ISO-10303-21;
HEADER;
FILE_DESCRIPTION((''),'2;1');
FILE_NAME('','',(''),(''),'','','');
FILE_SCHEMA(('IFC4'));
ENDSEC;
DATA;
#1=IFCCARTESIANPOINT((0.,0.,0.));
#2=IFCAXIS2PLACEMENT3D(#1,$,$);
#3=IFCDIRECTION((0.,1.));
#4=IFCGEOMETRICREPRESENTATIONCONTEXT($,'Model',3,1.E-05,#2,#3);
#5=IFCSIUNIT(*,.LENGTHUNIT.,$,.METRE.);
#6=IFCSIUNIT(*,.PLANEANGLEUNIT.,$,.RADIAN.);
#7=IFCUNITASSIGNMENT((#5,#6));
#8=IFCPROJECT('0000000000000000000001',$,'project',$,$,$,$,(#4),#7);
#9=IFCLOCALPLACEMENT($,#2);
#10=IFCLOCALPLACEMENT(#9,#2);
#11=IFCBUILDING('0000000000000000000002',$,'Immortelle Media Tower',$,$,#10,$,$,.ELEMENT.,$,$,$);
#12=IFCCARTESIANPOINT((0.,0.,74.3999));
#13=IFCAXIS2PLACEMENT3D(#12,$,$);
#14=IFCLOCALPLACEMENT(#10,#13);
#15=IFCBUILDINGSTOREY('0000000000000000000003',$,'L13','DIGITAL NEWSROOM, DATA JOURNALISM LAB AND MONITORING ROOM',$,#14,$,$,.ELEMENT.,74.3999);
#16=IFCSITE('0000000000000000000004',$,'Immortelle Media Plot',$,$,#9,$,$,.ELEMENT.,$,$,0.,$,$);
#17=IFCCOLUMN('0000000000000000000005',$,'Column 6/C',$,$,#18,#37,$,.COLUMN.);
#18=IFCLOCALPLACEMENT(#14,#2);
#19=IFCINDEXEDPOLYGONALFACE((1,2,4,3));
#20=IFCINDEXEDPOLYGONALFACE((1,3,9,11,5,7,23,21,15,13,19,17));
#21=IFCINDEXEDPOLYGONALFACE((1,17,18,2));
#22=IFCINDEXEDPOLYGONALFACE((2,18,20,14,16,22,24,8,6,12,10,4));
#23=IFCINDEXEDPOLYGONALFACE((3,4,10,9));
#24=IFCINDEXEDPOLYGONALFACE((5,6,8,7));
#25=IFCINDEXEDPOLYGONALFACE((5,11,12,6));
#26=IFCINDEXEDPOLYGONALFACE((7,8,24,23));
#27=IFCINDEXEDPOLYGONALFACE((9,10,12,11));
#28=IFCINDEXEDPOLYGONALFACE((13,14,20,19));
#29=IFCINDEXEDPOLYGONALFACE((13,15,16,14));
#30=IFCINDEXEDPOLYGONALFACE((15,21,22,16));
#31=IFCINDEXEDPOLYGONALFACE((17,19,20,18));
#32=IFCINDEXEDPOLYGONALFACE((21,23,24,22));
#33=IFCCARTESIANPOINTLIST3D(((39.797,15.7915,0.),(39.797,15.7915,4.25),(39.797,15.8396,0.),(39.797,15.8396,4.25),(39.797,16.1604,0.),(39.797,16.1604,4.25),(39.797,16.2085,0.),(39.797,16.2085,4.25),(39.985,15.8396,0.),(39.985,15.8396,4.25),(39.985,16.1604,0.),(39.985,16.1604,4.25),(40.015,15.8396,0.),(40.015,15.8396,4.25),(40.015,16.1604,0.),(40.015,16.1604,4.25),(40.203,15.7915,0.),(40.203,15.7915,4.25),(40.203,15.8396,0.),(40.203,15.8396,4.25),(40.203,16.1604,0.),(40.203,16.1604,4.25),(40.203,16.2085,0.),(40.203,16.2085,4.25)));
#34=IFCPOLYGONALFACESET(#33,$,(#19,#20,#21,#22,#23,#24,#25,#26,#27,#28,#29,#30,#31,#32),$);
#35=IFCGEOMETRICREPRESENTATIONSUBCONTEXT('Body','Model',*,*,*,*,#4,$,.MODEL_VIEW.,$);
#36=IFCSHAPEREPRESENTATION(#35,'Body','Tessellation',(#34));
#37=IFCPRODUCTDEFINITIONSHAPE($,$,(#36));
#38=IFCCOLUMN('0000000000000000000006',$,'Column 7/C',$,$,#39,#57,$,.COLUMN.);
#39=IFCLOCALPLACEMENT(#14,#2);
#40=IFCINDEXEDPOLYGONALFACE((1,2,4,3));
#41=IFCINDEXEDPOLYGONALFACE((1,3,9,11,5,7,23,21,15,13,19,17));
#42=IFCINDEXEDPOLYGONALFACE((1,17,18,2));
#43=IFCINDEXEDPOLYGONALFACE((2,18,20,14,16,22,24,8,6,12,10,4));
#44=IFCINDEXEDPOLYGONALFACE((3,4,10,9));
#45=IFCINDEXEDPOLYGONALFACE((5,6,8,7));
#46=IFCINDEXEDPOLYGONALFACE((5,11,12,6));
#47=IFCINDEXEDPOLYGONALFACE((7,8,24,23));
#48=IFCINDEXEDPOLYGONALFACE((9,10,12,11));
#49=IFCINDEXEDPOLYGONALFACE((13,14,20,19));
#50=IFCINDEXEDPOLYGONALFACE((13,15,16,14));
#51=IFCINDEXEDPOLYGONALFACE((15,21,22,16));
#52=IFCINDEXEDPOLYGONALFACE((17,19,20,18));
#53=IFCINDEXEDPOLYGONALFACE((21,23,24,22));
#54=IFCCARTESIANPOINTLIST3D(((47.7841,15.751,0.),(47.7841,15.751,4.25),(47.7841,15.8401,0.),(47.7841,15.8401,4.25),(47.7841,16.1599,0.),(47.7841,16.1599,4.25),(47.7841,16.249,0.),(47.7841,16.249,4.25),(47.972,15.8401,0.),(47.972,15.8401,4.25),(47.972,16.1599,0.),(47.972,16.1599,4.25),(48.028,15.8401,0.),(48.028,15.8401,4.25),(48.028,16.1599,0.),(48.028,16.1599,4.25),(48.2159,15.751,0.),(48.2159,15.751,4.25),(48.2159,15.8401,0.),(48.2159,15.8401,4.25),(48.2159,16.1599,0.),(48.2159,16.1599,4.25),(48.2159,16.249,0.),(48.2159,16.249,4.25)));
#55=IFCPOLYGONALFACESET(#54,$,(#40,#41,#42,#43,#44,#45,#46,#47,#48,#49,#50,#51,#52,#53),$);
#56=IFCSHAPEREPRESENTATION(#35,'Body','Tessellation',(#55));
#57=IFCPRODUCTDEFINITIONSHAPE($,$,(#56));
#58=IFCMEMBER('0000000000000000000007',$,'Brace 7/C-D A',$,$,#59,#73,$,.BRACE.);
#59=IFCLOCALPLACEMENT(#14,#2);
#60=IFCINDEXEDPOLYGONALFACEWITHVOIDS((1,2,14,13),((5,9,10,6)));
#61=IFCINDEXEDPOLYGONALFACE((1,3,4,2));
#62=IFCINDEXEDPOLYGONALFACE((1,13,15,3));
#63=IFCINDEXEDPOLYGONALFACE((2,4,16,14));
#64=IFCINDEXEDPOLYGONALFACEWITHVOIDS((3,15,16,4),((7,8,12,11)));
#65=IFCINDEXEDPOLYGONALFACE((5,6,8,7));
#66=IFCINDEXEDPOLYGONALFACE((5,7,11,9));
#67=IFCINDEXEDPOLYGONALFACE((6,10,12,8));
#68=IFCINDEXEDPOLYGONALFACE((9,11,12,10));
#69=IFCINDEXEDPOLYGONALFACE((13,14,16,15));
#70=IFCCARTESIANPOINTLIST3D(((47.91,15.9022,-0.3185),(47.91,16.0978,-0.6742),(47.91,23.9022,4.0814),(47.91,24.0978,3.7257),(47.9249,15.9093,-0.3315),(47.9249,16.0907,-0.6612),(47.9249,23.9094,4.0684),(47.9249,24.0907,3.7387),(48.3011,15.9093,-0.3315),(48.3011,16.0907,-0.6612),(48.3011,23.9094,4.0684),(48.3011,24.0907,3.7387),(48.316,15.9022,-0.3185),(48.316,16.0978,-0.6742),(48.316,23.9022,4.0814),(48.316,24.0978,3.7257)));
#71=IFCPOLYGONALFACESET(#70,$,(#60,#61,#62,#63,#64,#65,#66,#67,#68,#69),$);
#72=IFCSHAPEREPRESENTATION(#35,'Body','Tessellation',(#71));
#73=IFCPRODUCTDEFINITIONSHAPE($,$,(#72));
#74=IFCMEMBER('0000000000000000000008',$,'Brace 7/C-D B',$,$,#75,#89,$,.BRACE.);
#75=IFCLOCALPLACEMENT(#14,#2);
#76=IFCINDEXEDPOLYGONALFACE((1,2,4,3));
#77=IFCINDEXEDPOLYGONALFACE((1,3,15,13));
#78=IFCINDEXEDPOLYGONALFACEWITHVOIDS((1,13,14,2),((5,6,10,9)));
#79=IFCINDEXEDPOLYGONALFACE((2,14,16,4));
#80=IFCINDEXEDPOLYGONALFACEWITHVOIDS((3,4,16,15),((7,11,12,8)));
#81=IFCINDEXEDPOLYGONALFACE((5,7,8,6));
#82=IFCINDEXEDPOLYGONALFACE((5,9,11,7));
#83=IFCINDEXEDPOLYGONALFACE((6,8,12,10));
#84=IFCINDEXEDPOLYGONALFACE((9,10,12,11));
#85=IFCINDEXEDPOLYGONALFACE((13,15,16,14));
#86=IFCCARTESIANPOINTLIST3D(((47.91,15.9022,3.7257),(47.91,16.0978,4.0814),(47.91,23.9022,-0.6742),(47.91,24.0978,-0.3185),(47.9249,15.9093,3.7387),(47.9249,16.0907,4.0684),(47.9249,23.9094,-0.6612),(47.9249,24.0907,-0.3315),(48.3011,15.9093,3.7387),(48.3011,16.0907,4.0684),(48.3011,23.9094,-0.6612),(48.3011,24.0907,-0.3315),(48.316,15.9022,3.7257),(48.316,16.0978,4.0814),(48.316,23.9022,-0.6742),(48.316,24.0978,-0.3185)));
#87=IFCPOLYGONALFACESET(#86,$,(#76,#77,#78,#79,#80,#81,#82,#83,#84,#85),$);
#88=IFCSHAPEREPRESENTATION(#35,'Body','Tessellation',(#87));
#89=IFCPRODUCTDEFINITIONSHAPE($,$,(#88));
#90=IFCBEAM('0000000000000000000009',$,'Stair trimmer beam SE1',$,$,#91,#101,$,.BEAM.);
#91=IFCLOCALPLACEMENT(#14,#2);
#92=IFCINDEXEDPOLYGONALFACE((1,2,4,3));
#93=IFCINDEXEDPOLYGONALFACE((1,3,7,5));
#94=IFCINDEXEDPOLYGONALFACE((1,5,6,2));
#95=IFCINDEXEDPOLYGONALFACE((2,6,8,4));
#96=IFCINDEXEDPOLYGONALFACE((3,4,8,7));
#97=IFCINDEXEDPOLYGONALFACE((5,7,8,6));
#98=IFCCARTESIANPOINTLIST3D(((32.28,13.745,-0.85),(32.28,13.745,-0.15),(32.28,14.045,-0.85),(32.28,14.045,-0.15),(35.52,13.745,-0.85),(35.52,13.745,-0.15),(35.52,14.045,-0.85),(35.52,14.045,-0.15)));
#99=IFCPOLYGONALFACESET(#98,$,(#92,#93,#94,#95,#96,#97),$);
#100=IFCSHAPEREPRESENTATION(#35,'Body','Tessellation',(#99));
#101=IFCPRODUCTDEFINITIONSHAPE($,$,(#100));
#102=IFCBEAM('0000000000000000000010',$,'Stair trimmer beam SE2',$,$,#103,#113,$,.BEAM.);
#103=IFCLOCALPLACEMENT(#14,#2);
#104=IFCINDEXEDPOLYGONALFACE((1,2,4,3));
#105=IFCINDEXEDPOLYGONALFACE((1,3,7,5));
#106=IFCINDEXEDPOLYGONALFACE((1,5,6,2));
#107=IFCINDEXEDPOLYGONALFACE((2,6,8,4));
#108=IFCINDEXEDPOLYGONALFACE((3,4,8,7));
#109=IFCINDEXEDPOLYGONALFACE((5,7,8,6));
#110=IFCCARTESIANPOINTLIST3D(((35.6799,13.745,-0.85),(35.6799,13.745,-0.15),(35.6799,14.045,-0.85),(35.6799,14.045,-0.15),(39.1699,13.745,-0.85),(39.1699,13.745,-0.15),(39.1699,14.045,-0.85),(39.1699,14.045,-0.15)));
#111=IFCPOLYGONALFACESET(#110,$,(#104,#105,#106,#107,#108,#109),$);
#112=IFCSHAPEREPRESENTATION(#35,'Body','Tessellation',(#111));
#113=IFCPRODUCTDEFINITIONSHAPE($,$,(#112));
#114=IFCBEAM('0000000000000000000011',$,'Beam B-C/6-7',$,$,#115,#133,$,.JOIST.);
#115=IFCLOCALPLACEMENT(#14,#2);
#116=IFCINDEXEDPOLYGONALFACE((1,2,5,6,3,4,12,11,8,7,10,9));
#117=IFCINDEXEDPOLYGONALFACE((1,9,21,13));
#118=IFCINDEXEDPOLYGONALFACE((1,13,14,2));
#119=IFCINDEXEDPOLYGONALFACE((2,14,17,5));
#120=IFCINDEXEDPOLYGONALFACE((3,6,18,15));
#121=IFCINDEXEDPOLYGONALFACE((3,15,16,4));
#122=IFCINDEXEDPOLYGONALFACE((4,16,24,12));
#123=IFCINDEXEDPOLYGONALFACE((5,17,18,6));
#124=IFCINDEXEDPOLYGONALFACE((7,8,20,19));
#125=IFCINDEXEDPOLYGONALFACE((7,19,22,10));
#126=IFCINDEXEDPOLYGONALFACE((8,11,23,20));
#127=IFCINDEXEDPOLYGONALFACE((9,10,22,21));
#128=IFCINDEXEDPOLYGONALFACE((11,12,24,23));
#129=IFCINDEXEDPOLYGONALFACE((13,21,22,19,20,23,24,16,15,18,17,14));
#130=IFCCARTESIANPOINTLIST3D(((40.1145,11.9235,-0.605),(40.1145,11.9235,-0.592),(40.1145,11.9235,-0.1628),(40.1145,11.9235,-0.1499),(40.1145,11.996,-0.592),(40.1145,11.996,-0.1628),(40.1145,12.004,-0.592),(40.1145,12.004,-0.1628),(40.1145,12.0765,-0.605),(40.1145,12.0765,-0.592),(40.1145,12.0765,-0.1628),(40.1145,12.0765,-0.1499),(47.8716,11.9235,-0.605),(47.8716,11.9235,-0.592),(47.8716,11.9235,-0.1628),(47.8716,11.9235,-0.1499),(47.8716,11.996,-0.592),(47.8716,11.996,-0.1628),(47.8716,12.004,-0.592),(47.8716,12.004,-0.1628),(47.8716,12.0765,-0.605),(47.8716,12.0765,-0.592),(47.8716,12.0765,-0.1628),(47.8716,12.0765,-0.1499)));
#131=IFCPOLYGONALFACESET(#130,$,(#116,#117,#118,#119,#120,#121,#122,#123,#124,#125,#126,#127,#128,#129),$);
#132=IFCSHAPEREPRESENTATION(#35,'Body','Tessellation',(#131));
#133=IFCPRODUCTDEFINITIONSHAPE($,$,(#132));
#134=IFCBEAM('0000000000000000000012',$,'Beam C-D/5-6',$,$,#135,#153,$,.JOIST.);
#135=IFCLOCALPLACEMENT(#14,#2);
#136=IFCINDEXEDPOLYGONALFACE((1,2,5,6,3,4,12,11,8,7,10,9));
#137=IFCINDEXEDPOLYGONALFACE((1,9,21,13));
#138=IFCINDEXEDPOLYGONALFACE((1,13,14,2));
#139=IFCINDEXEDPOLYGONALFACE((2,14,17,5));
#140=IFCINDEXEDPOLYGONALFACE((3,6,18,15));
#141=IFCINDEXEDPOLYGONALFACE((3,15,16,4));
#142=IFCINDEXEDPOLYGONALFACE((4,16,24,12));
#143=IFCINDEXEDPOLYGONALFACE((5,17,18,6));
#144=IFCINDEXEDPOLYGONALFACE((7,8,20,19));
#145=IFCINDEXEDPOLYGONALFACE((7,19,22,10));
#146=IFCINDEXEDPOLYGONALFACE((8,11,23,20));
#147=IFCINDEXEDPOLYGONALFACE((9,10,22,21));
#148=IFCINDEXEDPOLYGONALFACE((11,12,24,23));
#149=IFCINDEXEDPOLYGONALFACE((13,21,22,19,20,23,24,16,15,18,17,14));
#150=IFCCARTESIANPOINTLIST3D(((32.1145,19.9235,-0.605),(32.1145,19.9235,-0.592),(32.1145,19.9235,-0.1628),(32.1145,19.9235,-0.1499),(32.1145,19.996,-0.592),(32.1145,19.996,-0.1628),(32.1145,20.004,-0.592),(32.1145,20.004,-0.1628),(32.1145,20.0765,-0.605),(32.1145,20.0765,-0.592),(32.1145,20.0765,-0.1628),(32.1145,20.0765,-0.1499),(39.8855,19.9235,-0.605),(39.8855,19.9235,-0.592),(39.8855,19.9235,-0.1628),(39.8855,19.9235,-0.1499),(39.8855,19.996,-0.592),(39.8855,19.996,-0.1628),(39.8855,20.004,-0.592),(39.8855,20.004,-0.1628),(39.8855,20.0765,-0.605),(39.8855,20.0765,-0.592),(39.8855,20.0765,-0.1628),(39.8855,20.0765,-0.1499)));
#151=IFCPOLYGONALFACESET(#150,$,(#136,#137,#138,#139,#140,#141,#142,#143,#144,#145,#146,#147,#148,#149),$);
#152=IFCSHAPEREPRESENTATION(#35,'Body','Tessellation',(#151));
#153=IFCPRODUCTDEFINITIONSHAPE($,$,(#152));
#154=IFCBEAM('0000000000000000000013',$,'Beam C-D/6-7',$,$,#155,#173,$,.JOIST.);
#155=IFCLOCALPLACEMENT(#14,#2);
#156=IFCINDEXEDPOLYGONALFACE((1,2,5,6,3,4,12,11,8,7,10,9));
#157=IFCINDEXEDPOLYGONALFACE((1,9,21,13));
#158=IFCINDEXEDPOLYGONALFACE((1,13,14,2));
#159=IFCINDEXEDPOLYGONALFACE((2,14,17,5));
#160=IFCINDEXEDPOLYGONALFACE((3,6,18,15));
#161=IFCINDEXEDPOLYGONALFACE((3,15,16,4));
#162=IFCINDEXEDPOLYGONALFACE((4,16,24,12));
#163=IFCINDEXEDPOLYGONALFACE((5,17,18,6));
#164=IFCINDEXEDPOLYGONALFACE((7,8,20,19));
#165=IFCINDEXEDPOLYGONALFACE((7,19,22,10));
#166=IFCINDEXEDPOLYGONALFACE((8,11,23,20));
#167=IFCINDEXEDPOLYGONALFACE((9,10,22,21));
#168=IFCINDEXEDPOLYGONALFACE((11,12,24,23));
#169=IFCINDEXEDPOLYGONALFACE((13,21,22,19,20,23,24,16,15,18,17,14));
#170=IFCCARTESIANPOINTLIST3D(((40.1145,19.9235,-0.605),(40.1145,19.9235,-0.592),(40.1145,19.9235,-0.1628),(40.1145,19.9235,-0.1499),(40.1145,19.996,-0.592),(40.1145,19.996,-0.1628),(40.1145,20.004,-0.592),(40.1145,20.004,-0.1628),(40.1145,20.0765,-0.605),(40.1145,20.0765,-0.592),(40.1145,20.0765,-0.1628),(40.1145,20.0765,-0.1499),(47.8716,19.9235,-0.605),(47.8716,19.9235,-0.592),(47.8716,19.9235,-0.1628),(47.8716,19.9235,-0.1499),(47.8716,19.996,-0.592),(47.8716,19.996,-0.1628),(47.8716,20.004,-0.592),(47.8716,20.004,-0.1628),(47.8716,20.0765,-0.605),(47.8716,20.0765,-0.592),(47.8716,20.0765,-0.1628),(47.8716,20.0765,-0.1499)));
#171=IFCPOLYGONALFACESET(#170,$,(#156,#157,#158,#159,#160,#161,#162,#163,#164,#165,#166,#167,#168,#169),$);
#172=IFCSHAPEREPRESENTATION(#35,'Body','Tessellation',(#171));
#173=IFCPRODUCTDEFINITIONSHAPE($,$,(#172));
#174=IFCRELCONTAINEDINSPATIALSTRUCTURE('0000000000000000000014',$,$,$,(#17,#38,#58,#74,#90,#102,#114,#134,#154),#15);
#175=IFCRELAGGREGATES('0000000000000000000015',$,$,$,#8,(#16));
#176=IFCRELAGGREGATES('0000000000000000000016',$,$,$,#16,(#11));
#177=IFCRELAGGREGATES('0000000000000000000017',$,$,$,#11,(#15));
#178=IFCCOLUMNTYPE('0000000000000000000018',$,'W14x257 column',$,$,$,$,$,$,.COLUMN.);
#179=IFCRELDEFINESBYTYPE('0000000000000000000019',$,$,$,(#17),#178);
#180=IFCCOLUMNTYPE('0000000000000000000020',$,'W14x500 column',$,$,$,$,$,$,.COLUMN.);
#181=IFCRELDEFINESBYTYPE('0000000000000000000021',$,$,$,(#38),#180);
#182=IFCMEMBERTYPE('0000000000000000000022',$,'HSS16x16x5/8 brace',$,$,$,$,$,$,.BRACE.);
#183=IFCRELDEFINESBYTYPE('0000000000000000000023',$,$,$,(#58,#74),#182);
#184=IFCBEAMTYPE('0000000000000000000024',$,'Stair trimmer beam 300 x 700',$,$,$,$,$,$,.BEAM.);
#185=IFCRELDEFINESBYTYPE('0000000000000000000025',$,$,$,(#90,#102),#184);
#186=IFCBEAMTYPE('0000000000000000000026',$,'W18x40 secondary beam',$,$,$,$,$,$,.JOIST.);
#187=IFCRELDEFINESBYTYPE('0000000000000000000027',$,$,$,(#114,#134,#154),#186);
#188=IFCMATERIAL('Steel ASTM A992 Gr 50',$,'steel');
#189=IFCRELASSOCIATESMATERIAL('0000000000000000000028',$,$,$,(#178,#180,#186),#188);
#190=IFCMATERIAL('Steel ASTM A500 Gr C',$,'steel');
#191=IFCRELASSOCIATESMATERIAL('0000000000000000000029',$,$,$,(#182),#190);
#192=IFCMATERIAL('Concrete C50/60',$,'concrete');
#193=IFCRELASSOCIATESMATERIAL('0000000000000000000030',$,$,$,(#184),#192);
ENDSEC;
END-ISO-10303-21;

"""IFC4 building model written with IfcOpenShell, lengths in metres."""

from ifc_helpers import new_model, si_unit, direction, frame, origin, origin_2d, place, context, subcontext, project, spatial, rectangle, hollow_rectangle, i_section, extrude, material, material_profile, profile_set, type_object, element, save


model = new_model("IFC4")

# Units and contexts
model_context = context("Model", 3, precision=1e-05, world=origin(), true_north=direction((0.0, 1.0)))
body_context = subcontext(model_context, "Body", "Model", "MODEL_VIEW")
ifc_project = project(units=[si_unit("LENGTHUNIT", "METRE"), si_unit("PLANEANGLEUNIT", "RADIAN")], contexts=[model_context])

# Site, building, storey
site_placement = place(None, origin())
site = spatial("IfcSite", under=ifc_project, at=site_placement, Name="Immortelle Media Plot", CompositionType="ELEMENT", RefElevation=0.0)
building_placement = place(site_placement, origin())
building = spatial("IfcBuilding", under=site, at=building_placement, Name="Immortelle Media Tower", CompositionType="ELEMENT")
storey_placement = place(building_placement, frame((0.0, 0.0, 74.3999)))
storey = spatial("IfcBuildingStorey", under=building, at=storey_placement, Name="L13", Description="DIGITAL NEWSROOM, DATA JOURNALISM LAB AND MONITORING ROOM", CompositionType="ELEMENT", Elevation=74.3999)

# Columns
ifc_material_1 = material(Name="Steel ASTM A992 Gr 50", Category="steel")
ifc_material_profile_1 = material_profile(ifc_material_1, i_section(OverallWidth=0.406, OverallDepth=0.417, WebThickness=0.03, FlangeThickness=0.0481, at=origin_2d()), Name="W14x257")
ifc_profile_set_1 = profile_set([ifc_material_profile_1], Name="Steel ASTM A992 Gr 50")
column_type_1 = type_object("IfcColumnType", Name="W14x257 column", PredefinedType="COLUMN", material=ifc_profile_set_1)
column_1_placement = place(storey_placement, frame((40.0, 16.0, 0.0), z_axis=(0.0, 0.0, 1.0), x_axis=(1.0, 0.0, 0.0)))
element("IfcColumn", 1, at=column_1_placement, inside=storey, type_object=column_type_1, Name="Column 6/C", PredefinedType="COLUMN", context=body_context, shape_type="SweptSolid", body=[
    extrude(i_section(OverallWidth=0.406, OverallDepth=0.417, WebThickness=0.03, FlangeThickness=0.0481, at=origin_2d()), origin(), (0.0, 0.0, 1.0), 4.25),
])
ifc_material_profile_2 = material_profile(ifc_material_1, i_section(OverallWidth=0.4319, OverallDepth=0.498, WebThickness=0.0559, FlangeThickness=0.0891, at=origin_2d()), Name="W14x500")
ifc_profile_set_2 = profile_set([ifc_material_profile_2], Name="Steel ASTM A992 Gr 50")
column_type_2 = type_object("IfcColumnType", Name="W14x500 column", PredefinedType="COLUMN", material=ifc_profile_set_2)
column_2_placement = place(storey_placement, frame((48.0, 16.0, 0.0), z_axis=(0.0, 0.0, 1.0), x_axis=(1.0, 0.0, 0.0)))
element("IfcColumn", 2, at=column_2_placement, inside=storey, type_object=column_type_2, Name="Column 7/C", PredefinedType="COLUMN", context=body_context, shape_type="SweptSolid", body=[
    extrude(i_section(OverallWidth=0.4319, OverallDepth=0.498, WebThickness=0.0559, FlangeThickness=0.0891, at=origin_2d()), origin(), (0.0, 0.0, 1.0), 4.25),
])

# Members
ifc_material_2 = material(Name="Steel ASTM A500 Gr C", Category="steel")
ifc_material_profile_3 = material_profile(ifc_material_2, hollow_rectangle(XDim=0.406, YDim=0.406, WallThickness=0.0149, at=origin_2d()), Name="HSS16x16x5/8 brace")
ifc_profile_set_3 = profile_set([ifc_material_profile_3], Name="Steel ASTM A500 Gr C")
member_type = type_object("IfcMemberType", Name="HSS16x16x5/8 brace", PredefinedType="BRACE", material=ifc_profile_set_3)
for number, where, z_axis, x_axis, name in (
    (3, (48.113, 16.0, -0.4963), (0.0, 0.87622, 0.481911), (-1.0, 0.0, 0.0), "Brace 7/C-D A"),
    (4, (48.113, 16.0, 3.9036), (0.0, 0.87622, -0.481911), (-1.0, 0.0, 0.0), "Brace 7/C-D B"),
):
    element("IfcMember", number, at=place(storey_placement, frame(where, z_axis=z_axis, x_axis=x_axis)), inside=storey, type_object=member_type, Name=name, PredefinedType="BRACE", context=body_context, shape_type="SweptSolid", body=[
        extrude(hollow_rectangle(XDim=0.406, YDim=0.406, WallThickness=0.0149, at=origin_2d()), origin(), (0.0, 0.0, 1.0), 9.1301),
    ])

# Beams
ifc_material_3 = material(Name="Concrete C50/60", Category="concrete")
ifc_material_profile_4 = material_profile(ifc_material_3, rectangle(XDim=0.3, YDim=0.7, at=origin_2d()), Name="RC 300x700")
ifc_profile_set_4 = profile_set([ifc_material_profile_4], Name="Concrete C50/60")
beam_type_1 = type_object("IfcBeamType", Name="Stair trimmer beam 300 x 700", PredefinedType="BEAM", material=ifc_profile_set_4)
beam_1_placement = place(storey_placement, frame((32.28, 13.895, -0.5), z_axis=(1.0, 0.0, 0.0), x_axis=(0.0, 1.0, 0.0)))
element("IfcBeam", 5, at=beam_1_placement, inside=storey, type_object=beam_type_1, Name="Stair trimmer beam SE1", PredefinedType="BEAM", context=body_context, shape_type="SweptSolid", body=[
    extrude(rectangle(XDim=0.3, YDim=0.7, at=origin_2d()), origin(), (0.0, 0.0, 1.0), 3.24),
])
beam_2_placement = place(storey_placement, frame((35.6799, 13.895, -0.5), z_axis=(1.0, 0.0, 0.0), x_axis=(0.0, 1.0, 0.0)))
element("IfcBeam", 6, at=beam_2_placement, inside=storey, type_object=beam_type_1, Name="Stair trimmer beam SE2", PredefinedType="BEAM", context=body_context, shape_type="SweptSolid", body=[
    extrude(rectangle(XDim=0.3, YDim=0.7, at=origin_2d()), origin(), (0.0, 0.0, 1.0), 3.49),
])
ifc_material_profile_5 = material_profile(ifc_material_1, i_section(OverallWidth=0.1531, OverallDepth=0.4551, WebThickness=0.0081, FlangeThickness=0.0129, at=origin_2d()), Name="W18x40")
ifc_profile_set_5 = profile_set([ifc_material_profile_5], Name="Steel ASTM A992 Gr 50")
beam_type_2 = type_object("IfcBeamType", Name="W18x40 secondary beam", PredefinedType="JOIST", material=ifc_profile_set_5)
beam_3_placement = place(storey_placement, frame((40.1145, 12.0, -0.3774), z_axis=(1.0, 0.0, 0.0), x_axis=(0.0, 1.0, 0.0)))
element("IfcBeam", 7, at=beam_3_placement, inside=storey, type_object=beam_type_2, Name="Beam B-C/6-7", PredefinedType="JOIST", context=body_context, shape_type="SweptSolid", body=[
    extrude(i_section(OverallWidth=0.1531, OverallDepth=0.4551, WebThickness=0.0081, FlangeThickness=0.0129, at=origin_2d()), origin(), (0.0, 0.0, 1.0), 7.7571),
])
beam_4_placement = place(storey_placement, frame((32.1145, 20.0, -0.3774), z_axis=(1.0, 0.0, 0.0), x_axis=(0.0, 1.0, 0.0)))
element("IfcBeam", 8, at=beam_4_placement, inside=storey, type_object=beam_type_2, Name="Beam C-D/5-6", PredefinedType="JOIST", context=body_context, shape_type="SweptSolid", body=[
    extrude(i_section(OverallWidth=0.1531, OverallDepth=0.4551, WebThickness=0.0081, FlangeThickness=0.0129, at=origin_2d()), origin(), (0.0, 0.0, 1.0), 7.771),
])
beam_5_placement = place(storey_placement, frame((40.1145, 20.0, -0.3774), z_axis=(1.0, 0.0, 0.0), x_axis=(0.0, 1.0, 0.0)))
element("IfcBeam", 9, at=beam_5_placement, inside=storey, type_object=beam_type_2, Name="Beam C-D/6-7", PredefinedType="JOIST", context=body_context, shape_type="SweptSolid", body=[
    extrude(i_section(OverallWidth=0.1531, OverallDepth=0.4551, WebThickness=0.0081, FlangeThickness=0.0129, at=origin_2d()), origin(), (0.0, 0.0, 1.0), 7.7571),
])

save(model, "model.ifc")
